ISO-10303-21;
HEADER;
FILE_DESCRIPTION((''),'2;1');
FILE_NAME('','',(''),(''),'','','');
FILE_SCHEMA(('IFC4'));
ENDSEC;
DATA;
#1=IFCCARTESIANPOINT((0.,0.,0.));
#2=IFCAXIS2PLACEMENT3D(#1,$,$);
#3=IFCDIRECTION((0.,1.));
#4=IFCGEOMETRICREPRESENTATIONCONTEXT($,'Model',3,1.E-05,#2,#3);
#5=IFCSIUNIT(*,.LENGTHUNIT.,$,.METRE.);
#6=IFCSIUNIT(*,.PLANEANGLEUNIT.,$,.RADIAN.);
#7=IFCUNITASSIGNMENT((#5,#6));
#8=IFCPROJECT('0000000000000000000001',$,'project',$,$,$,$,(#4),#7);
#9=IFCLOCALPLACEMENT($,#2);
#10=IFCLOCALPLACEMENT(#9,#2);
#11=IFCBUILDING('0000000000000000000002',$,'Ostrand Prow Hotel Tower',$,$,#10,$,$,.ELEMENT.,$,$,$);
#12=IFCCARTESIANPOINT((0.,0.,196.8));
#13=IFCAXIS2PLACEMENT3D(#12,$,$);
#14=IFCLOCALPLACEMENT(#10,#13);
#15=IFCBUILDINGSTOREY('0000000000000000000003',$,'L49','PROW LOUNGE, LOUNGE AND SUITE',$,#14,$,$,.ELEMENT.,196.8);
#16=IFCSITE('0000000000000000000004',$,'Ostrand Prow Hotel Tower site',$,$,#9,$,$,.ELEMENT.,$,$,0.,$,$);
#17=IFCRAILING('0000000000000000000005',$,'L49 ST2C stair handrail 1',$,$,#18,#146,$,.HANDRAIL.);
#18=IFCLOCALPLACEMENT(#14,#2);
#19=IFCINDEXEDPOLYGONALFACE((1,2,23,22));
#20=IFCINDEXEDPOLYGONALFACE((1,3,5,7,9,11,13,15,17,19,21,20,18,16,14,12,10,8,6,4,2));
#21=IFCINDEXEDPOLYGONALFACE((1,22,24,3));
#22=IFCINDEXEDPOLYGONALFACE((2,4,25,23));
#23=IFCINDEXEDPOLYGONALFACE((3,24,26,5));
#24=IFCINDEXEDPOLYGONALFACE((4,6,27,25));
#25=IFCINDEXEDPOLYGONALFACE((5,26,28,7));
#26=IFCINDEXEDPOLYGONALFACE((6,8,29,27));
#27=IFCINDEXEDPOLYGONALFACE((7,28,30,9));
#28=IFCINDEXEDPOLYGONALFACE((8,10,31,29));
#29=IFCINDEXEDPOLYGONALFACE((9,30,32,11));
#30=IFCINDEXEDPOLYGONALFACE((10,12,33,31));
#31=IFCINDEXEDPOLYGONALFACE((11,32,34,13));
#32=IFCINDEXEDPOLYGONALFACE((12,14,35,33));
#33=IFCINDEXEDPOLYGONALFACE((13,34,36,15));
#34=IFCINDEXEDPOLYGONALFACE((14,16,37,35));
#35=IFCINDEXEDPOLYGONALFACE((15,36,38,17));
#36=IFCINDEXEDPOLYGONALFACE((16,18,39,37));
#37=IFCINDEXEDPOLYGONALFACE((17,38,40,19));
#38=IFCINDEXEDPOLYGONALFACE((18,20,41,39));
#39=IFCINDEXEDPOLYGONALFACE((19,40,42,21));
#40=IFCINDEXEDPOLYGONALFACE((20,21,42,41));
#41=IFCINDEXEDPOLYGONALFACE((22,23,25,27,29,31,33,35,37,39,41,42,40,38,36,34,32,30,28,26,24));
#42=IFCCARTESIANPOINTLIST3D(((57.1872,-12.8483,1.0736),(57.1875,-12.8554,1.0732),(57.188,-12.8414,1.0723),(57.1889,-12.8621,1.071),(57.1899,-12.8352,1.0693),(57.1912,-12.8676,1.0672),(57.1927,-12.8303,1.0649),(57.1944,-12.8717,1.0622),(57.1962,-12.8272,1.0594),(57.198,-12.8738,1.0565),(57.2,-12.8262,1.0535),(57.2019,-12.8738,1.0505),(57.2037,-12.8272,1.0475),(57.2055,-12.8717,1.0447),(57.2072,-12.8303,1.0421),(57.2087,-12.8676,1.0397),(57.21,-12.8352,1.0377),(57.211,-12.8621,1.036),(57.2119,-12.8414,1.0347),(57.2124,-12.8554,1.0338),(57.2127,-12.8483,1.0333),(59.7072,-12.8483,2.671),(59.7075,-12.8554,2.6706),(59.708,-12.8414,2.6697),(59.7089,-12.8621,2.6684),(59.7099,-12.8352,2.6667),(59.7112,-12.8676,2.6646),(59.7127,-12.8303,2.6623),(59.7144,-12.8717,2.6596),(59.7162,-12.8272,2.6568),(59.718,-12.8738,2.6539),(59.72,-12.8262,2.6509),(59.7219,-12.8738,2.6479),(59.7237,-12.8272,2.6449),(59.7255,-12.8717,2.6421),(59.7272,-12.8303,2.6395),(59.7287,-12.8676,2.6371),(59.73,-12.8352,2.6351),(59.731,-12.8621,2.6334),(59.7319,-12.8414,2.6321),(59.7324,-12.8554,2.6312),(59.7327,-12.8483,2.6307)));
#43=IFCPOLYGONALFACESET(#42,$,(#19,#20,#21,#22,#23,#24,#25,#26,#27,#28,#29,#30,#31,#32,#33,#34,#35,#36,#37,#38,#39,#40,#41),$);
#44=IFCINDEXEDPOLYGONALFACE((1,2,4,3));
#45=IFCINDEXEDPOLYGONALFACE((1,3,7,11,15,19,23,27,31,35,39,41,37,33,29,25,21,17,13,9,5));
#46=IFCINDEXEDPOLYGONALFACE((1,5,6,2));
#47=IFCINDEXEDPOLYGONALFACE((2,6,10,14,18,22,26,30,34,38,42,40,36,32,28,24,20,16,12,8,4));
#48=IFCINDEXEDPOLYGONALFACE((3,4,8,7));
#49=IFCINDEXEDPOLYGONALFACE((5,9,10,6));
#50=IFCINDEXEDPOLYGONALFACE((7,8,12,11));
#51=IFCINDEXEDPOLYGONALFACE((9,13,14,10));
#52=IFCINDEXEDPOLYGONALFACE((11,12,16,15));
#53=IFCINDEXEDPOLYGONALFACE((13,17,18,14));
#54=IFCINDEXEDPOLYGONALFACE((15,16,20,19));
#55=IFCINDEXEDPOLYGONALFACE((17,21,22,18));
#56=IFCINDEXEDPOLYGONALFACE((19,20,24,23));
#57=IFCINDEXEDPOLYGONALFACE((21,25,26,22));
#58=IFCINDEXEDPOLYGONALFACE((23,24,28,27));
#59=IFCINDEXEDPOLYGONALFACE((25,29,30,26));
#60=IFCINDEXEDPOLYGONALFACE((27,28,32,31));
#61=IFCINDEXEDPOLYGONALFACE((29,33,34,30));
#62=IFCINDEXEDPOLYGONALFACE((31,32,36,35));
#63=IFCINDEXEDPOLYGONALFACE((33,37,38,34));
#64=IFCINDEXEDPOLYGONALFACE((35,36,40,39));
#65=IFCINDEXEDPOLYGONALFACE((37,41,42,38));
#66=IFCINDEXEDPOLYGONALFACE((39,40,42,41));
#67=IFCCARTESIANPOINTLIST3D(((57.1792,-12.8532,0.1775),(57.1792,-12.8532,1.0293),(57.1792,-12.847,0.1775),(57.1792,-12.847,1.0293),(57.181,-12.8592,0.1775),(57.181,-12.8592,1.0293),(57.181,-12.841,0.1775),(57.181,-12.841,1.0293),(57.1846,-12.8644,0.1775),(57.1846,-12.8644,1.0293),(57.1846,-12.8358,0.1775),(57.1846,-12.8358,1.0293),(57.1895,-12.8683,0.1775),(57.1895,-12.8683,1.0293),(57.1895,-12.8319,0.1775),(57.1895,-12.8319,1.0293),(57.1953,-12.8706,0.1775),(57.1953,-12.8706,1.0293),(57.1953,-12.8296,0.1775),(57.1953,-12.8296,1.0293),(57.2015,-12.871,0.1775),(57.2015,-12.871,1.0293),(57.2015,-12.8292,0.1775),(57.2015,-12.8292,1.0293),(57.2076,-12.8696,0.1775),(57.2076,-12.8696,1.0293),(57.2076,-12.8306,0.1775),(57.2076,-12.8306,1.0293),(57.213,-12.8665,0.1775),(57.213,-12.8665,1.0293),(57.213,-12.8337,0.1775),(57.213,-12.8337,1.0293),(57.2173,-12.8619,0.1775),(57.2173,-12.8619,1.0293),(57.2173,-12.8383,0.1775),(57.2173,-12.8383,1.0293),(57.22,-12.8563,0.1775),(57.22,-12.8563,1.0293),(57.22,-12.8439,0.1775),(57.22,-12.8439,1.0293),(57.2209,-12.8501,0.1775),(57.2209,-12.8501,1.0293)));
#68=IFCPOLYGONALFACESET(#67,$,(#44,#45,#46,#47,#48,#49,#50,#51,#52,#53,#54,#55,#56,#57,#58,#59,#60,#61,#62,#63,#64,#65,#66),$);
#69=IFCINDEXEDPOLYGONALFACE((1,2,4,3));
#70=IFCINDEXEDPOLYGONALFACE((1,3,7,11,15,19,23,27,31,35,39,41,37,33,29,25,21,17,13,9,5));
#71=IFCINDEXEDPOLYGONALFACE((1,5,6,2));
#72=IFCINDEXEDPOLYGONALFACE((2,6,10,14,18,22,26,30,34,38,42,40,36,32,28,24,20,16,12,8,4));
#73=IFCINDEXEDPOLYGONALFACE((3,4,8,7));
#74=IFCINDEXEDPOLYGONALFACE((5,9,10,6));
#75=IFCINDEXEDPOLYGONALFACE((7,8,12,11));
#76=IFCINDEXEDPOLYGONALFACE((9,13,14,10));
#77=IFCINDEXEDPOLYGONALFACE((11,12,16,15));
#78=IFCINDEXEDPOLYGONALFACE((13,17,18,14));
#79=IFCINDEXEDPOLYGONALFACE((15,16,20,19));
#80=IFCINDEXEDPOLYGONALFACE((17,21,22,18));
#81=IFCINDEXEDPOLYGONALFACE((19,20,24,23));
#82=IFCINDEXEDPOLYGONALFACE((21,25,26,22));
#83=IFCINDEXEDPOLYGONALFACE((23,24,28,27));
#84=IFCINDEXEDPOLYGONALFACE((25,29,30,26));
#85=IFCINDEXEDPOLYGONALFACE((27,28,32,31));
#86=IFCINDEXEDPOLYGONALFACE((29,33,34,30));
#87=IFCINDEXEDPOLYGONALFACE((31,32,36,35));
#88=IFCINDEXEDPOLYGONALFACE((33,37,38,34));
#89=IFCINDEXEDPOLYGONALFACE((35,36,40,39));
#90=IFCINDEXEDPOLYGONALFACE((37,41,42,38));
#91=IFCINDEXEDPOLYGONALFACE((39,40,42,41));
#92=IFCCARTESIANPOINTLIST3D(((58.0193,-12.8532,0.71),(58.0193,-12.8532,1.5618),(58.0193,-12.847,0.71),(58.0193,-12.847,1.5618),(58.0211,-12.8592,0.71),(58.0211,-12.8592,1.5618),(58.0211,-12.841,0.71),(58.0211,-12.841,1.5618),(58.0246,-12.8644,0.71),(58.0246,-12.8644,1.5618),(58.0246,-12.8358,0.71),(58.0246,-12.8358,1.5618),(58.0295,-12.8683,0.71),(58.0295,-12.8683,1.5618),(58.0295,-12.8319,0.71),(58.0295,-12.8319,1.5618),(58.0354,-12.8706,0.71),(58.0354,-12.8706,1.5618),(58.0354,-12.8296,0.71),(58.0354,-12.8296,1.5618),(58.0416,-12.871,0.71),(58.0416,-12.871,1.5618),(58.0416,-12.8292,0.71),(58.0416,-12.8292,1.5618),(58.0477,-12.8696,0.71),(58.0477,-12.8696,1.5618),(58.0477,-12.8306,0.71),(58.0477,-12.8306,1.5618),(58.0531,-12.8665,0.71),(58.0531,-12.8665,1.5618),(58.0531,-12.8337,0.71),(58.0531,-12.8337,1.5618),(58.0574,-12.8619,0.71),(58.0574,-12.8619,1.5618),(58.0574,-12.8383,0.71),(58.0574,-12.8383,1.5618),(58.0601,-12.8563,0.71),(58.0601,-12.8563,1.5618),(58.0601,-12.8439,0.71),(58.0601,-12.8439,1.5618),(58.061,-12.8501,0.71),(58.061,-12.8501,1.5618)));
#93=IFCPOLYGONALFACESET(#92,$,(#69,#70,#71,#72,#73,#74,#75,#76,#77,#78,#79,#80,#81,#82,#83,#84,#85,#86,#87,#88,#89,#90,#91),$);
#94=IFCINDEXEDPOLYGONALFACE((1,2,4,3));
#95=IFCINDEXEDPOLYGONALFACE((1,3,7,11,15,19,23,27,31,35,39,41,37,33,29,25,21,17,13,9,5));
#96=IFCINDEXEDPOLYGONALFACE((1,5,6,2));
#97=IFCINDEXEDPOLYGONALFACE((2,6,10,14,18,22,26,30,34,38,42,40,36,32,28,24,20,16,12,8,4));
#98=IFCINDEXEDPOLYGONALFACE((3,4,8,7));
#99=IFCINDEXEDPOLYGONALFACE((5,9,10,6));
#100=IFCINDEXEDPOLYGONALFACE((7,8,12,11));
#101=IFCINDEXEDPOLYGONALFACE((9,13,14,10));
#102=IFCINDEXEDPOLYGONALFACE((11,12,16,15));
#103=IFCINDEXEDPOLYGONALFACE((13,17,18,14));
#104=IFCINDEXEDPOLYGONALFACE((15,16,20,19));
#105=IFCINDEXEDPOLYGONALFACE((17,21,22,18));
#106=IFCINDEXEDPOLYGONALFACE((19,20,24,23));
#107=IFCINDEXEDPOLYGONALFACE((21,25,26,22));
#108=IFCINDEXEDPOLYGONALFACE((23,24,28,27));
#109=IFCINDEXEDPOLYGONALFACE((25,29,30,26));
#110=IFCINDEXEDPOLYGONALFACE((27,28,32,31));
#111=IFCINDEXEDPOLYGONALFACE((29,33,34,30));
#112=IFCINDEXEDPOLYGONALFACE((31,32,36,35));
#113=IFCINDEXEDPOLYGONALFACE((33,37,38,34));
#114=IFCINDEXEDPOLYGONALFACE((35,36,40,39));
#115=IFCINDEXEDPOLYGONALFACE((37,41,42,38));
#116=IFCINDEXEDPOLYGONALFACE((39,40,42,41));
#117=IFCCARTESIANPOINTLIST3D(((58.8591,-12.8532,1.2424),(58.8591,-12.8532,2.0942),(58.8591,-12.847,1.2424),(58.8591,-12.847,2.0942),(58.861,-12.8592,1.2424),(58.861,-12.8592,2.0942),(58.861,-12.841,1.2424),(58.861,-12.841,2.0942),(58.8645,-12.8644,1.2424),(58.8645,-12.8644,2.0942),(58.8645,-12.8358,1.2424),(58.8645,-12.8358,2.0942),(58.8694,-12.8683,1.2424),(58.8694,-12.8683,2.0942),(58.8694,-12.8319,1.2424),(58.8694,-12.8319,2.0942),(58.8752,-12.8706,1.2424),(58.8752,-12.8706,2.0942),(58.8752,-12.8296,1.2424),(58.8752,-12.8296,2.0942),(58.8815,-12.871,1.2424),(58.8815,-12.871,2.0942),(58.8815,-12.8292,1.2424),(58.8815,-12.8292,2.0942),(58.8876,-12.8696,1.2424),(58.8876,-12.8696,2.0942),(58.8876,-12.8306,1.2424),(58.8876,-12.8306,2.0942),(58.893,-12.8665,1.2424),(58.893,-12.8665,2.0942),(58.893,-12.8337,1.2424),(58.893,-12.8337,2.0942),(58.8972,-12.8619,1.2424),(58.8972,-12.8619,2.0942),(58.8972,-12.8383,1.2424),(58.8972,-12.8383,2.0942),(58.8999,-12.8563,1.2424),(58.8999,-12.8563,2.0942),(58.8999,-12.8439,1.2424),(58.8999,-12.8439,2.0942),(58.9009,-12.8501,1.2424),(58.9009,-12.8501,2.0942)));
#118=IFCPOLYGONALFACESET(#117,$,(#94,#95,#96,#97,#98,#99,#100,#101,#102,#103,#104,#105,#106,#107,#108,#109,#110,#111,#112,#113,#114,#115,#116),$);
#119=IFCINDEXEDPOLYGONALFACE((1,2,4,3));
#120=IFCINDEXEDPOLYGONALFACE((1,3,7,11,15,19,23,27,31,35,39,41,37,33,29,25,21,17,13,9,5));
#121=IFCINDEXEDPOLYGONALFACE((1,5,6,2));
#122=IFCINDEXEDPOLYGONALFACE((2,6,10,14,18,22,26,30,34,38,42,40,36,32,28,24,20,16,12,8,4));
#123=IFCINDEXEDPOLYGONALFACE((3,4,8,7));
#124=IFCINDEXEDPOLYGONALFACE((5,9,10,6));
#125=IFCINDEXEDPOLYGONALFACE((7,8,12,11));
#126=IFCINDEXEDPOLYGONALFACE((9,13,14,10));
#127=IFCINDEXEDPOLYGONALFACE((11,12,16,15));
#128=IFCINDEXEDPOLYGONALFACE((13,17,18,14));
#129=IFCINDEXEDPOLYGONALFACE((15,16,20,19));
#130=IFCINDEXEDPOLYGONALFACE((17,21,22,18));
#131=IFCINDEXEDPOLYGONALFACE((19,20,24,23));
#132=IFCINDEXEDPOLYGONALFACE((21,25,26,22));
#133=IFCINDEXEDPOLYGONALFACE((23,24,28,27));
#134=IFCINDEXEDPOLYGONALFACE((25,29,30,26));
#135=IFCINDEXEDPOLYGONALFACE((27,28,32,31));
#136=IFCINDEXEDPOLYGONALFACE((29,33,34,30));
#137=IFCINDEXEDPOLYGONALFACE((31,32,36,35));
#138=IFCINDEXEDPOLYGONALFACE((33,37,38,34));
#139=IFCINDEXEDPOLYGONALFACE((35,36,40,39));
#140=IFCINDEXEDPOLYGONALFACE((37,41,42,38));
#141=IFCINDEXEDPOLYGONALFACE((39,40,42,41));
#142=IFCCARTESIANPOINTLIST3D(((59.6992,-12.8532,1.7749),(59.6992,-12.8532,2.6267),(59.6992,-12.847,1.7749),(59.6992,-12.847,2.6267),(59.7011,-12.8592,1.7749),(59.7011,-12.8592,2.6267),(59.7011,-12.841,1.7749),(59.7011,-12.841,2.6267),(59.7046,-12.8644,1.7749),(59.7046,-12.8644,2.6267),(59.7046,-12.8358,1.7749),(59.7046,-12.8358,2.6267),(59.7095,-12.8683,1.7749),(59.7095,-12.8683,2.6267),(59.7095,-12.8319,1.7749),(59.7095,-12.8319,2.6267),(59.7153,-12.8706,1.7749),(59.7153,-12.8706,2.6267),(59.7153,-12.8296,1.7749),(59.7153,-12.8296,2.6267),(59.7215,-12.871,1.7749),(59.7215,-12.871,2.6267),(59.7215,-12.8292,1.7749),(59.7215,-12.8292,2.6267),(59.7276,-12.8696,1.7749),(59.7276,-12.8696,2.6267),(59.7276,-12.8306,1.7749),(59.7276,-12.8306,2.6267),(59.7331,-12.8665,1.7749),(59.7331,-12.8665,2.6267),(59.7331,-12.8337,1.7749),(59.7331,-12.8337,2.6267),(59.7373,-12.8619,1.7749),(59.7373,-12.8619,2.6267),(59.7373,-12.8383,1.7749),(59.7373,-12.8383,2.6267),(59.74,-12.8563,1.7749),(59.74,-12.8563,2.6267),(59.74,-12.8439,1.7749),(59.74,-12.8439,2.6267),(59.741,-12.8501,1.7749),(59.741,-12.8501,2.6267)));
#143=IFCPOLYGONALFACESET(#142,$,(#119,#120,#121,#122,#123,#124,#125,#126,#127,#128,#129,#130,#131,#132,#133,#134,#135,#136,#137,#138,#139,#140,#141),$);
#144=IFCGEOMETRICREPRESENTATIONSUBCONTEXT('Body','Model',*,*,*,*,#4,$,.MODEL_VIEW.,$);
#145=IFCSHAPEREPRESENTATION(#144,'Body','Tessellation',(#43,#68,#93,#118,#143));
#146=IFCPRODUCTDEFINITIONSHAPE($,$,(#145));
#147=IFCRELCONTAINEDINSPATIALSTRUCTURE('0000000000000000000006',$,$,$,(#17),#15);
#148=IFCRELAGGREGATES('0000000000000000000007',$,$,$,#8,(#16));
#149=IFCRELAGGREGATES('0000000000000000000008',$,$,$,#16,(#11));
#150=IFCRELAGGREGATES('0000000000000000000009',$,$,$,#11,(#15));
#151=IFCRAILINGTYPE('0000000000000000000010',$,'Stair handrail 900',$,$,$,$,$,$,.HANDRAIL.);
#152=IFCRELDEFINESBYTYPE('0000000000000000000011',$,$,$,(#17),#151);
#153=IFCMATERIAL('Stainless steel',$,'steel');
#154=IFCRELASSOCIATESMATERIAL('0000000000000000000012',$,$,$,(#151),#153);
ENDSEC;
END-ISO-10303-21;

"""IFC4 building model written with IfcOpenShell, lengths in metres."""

from ifc_helpers import new_model, si_unit, direction, frame, origin, origin_2d, place, context, subcontext, project, spatial, circle, extrude, material, type_object, element, save


model = new_model("IFC4")

# Units and contexts
model_context = context("Model", 3, precision=1e-05, world=origin(), true_north=direction((0.0, 1.0)))
body_context = subcontext(model_context, "Body", "Model", "MODEL_VIEW")
ifc_project = project(units=[si_unit("LENGTHUNIT", "METRE"), si_unit("PLANEANGLEUNIT", "RADIAN")], contexts=[model_context])

# Site, building, storey
site_placement = place(None, origin())
site = spatial("IfcSite", under=ifc_project, at=site_placement, Name="Ostrand Prow Hotel Tower site", CompositionType="ELEMENT", RefElevation=0.0)
building_placement = place(site_placement, origin())
building = spatial("IfcBuilding", under=site, at=building_placement, Name="Ostrand Prow Hotel Tower", CompositionType="ELEMENT")
storey_placement = place(building_placement, frame((0.0, 0.0, 196.8)))
storey = spatial("IfcBuildingStorey", under=building, at=storey_placement, Name="L49", Description="PROW LOUNGE, LOUNGE AND SUITE", CompositionType="ELEMENT", Elevation=196.8)

# Railing
ifc_material_1 = material(Name="Stainless steel", Category="steel")
railing_type_1 = type_object("IfcRailingType", Name="Stair handrail 900", PredefinedType="HANDRAIL", material=ifc_material_1)
railing_1_placement = place(storey_placement, frame((57.2, -12.8501, 0.1775)))
element("IfcRailing", 1, at=railing_1_placement, inside=storey, type_object=railing_type_1, Name="L49 ST2C stair handrail 1", PredefinedType="HANDRAIL", context=body_context, shape_type="SweptSolid", body=[
    extrude(circle(Radius=0.0239, at=origin_2d()), frame((0.0, 0.0, 0.876), z_axis=(0.844607, 0.0, 0.535387), x_axis=(0.0, 1.0, 0.0)), (0.0, 0.0, 1.0), 2.9836),
    extrude(circle(Radius=0.021, at=origin_2d()), origin(), (0.0, 0.0, 1.0), 0.8518),
    extrude(circle(Radius=0.021, at=origin_2d()), frame((0.8401, 0.0, 0.5325)), (0.0, 0.0, 1.0), 0.8518),
    extrude(circle(Radius=0.021, at=origin_2d()), frame((1.6799, 0.0, 1.0649)), (0.0, 0.0, 1.0), 0.8518),
    extrude(circle(Radius=0.021, at=origin_2d()), frame((2.52, 0.0, 1.5974)), (0.0, 0.0, 1.0), 0.8518),
])

save(model, "model.ifc")
